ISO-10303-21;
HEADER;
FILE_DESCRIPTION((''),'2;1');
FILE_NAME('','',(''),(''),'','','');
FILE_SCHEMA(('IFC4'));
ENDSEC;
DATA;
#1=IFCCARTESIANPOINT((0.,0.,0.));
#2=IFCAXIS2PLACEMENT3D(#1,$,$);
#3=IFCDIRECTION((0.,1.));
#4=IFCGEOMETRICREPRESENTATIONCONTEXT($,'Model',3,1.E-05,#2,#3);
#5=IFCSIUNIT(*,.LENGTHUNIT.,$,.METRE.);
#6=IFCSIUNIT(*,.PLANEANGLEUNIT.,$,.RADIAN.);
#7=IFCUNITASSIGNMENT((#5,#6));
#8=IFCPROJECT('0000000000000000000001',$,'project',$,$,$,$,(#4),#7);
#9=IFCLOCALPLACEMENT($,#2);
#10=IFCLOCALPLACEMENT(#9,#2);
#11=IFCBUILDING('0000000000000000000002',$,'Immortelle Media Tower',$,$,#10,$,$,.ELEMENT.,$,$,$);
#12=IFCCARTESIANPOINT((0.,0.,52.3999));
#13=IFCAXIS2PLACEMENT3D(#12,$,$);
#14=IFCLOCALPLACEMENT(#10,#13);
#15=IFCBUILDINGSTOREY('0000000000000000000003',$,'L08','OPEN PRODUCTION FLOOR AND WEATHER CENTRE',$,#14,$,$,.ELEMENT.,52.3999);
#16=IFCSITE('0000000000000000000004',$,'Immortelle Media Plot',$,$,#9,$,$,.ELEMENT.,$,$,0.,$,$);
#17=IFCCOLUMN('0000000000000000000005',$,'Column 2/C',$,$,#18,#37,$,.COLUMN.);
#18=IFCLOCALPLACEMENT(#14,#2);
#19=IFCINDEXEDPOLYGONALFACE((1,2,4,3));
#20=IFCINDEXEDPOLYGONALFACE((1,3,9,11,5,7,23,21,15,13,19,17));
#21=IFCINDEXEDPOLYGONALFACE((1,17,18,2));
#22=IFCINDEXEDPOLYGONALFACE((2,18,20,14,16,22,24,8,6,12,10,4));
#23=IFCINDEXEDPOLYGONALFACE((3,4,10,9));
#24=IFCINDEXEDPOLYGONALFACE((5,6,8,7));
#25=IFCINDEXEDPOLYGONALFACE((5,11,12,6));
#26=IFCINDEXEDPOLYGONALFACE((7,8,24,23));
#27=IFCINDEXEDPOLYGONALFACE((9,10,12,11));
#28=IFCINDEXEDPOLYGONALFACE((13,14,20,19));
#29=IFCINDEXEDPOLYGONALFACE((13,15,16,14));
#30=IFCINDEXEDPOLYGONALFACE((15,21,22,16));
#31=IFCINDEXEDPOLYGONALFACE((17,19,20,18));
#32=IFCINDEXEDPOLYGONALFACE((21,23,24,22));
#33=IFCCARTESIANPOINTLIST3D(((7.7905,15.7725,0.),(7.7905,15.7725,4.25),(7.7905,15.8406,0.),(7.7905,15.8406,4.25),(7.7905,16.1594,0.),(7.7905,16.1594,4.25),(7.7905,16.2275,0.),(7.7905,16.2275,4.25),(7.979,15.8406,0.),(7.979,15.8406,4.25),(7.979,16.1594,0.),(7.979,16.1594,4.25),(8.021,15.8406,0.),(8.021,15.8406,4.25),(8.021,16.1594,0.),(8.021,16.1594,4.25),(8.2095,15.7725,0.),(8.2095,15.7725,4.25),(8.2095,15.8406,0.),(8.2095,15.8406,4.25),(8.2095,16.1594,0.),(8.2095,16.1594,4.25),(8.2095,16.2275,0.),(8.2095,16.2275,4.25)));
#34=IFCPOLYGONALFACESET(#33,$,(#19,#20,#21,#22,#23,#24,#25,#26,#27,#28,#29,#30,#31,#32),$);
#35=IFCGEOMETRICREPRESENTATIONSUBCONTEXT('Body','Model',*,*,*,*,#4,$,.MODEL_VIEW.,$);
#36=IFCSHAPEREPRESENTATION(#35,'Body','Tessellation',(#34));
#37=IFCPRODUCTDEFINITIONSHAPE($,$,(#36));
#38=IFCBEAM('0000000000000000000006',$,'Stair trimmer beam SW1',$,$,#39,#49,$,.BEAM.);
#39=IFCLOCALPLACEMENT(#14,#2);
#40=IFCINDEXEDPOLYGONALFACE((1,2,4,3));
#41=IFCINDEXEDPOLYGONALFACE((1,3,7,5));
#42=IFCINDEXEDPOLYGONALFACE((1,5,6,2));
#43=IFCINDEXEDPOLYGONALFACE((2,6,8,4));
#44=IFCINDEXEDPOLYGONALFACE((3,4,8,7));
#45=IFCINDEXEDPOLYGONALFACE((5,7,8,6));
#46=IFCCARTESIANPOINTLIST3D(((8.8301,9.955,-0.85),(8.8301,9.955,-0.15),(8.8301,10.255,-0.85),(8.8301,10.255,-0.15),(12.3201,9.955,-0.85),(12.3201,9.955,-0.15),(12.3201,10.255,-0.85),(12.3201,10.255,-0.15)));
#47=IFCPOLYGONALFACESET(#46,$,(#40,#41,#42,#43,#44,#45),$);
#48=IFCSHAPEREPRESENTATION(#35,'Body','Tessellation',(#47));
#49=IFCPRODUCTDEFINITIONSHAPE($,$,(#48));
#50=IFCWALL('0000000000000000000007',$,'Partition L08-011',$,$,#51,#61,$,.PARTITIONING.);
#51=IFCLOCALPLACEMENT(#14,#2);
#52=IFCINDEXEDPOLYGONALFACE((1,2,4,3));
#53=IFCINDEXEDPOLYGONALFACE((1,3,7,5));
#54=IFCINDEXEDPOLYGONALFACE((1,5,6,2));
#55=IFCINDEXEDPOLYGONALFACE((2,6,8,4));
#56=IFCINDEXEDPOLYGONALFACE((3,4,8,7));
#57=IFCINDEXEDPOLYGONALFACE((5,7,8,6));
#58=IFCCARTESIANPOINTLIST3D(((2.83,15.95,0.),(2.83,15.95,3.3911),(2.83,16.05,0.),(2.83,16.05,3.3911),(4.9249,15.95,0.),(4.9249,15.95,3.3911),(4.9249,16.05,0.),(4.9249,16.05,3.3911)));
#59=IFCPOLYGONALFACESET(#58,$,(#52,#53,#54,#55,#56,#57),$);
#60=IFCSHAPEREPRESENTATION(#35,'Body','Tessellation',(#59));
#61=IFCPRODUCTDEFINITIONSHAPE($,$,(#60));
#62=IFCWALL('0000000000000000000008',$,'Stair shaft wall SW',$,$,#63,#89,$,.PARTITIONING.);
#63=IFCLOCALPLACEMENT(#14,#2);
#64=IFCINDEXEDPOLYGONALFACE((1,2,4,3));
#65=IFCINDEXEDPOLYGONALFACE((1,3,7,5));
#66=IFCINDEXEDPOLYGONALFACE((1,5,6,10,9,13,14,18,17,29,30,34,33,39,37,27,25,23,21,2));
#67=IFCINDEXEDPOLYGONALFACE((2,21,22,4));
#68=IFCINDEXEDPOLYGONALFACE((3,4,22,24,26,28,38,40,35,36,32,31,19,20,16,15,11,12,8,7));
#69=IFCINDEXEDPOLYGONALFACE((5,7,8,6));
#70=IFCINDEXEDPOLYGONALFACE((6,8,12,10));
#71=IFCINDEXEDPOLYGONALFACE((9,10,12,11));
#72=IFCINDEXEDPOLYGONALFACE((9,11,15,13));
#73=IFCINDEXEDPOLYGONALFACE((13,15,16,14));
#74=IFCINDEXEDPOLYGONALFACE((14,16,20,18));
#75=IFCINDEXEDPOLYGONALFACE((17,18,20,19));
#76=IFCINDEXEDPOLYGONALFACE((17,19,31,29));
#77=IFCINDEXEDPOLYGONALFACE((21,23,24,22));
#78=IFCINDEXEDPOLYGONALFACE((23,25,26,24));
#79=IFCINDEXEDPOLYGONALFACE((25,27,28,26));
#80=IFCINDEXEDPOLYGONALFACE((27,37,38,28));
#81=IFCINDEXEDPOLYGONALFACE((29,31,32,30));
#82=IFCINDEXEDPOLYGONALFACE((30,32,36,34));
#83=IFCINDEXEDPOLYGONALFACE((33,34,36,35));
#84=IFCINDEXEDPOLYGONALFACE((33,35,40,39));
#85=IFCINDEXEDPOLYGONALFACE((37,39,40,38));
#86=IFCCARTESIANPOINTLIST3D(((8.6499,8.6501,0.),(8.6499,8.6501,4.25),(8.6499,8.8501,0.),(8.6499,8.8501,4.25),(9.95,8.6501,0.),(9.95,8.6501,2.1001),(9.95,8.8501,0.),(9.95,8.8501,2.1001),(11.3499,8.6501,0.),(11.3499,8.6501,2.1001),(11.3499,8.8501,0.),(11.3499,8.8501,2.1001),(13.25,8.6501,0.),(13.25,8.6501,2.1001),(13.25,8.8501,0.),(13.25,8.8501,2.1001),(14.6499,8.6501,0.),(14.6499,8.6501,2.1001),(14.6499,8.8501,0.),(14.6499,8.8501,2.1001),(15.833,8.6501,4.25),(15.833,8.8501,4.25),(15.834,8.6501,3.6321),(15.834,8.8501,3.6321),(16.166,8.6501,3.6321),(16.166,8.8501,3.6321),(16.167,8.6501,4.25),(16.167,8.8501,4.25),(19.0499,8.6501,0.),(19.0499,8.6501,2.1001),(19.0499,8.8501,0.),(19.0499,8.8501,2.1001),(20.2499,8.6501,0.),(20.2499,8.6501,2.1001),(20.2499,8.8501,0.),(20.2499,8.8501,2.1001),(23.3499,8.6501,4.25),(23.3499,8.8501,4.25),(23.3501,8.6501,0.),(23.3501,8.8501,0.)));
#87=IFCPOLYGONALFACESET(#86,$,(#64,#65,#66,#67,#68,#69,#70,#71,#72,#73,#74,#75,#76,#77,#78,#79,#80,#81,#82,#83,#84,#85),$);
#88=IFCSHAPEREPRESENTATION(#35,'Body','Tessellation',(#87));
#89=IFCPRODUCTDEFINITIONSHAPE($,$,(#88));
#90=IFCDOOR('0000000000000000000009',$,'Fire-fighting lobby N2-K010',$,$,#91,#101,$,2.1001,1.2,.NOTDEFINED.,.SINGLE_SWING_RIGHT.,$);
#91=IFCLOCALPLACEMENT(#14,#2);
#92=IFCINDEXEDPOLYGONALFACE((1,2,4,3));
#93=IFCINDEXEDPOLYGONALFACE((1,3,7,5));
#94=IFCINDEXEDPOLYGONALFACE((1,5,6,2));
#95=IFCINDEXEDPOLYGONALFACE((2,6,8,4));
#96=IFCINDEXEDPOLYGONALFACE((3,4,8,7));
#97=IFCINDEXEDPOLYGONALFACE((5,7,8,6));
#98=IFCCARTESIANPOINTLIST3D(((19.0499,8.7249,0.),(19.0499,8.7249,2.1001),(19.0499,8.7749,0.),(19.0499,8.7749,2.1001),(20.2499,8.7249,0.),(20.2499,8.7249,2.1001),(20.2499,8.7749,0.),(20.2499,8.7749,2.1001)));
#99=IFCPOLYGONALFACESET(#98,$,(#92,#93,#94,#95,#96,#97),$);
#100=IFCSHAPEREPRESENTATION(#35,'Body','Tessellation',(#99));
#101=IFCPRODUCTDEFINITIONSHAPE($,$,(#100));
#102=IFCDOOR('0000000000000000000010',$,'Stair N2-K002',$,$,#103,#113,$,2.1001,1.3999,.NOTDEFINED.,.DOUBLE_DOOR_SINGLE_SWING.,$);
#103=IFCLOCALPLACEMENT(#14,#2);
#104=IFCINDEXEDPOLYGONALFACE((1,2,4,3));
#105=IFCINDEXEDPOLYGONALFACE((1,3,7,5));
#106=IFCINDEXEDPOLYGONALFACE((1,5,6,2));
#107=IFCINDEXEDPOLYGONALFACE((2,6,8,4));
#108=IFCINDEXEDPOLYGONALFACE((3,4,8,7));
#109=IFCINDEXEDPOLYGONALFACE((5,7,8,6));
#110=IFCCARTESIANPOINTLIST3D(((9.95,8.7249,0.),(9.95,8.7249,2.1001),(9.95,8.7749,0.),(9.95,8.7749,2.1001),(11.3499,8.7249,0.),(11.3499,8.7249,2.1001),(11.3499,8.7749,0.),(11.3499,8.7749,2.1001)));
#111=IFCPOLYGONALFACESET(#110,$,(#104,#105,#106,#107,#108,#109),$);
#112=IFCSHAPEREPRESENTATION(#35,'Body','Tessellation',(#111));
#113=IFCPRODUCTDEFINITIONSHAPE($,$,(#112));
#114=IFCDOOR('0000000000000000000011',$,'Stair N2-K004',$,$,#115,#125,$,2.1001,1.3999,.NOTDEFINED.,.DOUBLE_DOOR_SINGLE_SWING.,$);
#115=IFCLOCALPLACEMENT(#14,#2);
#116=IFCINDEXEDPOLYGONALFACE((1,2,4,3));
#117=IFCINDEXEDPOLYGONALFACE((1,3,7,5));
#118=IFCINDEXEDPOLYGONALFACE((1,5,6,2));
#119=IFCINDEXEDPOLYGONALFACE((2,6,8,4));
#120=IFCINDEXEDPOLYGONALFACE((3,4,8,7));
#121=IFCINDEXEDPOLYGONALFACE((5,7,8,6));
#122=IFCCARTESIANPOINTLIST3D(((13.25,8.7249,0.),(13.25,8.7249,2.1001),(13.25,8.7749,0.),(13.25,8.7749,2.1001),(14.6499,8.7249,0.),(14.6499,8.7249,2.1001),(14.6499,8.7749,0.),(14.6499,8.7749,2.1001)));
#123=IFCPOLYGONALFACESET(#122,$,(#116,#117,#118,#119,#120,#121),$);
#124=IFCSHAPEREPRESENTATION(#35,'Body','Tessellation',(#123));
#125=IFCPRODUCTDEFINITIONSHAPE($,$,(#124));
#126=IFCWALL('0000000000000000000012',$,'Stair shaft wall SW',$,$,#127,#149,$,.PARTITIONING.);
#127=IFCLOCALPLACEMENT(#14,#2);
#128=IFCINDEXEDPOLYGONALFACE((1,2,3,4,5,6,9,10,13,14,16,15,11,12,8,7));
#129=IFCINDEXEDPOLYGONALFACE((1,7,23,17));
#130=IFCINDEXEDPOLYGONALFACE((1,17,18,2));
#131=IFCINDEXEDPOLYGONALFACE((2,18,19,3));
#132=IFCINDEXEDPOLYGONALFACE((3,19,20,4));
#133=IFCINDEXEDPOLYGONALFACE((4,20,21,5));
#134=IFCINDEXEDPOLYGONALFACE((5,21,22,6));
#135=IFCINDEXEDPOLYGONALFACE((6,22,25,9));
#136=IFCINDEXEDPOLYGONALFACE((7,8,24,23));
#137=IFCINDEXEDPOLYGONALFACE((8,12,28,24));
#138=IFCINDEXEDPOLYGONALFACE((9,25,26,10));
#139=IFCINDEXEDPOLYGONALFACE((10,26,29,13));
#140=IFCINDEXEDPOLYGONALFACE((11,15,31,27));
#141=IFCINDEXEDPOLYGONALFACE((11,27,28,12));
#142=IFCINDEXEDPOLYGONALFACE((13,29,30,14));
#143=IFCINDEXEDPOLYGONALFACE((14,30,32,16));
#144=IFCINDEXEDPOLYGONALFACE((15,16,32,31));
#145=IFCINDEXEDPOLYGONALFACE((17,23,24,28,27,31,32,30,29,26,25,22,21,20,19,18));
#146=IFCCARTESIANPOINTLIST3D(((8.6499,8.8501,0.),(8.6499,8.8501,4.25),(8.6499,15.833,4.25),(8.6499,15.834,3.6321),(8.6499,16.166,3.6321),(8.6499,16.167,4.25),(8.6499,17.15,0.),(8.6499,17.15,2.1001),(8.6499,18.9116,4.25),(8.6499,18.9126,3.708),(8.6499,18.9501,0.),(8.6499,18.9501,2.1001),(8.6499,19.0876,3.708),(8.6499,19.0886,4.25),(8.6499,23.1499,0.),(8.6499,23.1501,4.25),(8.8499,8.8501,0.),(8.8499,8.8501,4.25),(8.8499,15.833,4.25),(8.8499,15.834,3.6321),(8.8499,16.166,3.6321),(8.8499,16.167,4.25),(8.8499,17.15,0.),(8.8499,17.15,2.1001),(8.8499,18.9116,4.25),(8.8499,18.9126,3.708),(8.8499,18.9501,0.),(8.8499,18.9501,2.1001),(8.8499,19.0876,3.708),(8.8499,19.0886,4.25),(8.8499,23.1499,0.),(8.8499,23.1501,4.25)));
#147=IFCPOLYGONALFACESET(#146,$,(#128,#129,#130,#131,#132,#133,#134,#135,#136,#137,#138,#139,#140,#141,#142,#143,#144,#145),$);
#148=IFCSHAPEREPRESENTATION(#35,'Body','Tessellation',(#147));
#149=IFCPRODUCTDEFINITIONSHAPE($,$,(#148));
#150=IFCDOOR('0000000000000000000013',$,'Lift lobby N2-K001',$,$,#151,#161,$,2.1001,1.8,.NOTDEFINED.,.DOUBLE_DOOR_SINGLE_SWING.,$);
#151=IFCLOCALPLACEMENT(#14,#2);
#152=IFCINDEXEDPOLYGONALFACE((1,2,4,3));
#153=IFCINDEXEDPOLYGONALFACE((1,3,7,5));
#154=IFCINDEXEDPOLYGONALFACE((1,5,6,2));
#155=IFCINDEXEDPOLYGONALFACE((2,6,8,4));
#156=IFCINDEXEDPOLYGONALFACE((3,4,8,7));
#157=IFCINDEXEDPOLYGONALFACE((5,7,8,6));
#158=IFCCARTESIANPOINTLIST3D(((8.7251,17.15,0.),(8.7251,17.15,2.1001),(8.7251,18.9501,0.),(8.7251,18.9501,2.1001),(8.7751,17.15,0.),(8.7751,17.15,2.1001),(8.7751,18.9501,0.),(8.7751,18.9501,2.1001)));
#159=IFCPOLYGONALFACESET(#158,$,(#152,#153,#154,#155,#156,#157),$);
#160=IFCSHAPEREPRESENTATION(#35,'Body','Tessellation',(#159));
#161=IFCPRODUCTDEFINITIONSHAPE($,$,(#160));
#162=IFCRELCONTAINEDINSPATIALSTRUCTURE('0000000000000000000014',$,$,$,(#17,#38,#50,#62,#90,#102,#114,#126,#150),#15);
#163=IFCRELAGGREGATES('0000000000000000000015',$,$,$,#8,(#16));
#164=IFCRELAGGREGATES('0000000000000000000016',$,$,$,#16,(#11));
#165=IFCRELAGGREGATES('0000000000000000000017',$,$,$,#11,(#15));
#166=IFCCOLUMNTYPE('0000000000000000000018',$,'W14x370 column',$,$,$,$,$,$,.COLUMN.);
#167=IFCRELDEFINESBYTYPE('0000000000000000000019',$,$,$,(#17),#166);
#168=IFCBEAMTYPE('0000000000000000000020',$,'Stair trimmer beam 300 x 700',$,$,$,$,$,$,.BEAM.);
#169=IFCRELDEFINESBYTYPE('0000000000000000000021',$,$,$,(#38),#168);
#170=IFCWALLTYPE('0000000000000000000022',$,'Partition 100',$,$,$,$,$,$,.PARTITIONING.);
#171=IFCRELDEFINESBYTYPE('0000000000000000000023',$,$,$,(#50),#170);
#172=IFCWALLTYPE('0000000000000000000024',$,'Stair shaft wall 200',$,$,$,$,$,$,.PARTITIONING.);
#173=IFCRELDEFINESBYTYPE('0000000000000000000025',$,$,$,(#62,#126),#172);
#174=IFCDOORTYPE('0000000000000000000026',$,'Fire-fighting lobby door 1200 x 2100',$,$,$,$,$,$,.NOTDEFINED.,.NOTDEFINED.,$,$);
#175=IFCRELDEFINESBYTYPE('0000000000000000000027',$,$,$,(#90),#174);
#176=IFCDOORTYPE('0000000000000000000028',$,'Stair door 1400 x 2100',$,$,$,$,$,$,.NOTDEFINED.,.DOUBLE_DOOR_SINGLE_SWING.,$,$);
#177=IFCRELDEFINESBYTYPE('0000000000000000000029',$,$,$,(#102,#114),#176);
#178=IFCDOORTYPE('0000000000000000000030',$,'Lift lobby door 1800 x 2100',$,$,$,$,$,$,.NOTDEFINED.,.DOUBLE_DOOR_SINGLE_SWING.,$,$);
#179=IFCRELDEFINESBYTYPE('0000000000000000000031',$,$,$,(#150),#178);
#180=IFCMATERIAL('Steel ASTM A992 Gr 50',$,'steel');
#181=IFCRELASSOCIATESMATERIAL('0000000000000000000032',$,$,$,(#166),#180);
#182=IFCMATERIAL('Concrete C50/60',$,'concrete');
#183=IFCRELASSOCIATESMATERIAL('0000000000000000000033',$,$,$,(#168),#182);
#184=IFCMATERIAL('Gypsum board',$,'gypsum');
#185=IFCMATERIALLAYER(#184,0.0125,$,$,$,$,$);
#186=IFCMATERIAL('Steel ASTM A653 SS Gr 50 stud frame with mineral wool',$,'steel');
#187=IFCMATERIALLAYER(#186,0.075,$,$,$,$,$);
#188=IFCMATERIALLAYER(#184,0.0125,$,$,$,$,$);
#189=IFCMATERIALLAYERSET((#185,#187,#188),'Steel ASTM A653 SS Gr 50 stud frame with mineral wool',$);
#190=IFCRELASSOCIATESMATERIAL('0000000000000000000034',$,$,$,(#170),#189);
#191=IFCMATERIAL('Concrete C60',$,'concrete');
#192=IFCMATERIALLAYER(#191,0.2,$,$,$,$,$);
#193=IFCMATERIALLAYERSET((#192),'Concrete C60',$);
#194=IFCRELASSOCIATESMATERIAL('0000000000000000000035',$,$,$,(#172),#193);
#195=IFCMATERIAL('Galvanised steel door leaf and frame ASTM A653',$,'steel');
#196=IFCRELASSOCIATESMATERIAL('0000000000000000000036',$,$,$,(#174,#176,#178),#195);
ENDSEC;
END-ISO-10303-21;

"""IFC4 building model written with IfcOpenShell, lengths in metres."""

from ifc_helpers import new_model, si_unit, direction, frame, frame_2d, origin, origin_2d, place, context, subcontext, project, spatial, polyline, rectangle, i_section, outline, extrude, material, layer, layer_set, material_profile, profile_set, type_object, element, fill, save


model = new_model("IFC4")

# Units and contexts
model_context = context("Model", 3, precision=1e-05, world=origin(), true_north=direction((0.0, 1.0)))
body_context = subcontext(model_context, "Body", "Model", "MODEL_VIEW")
ifc_project = project(units=[si_unit("LENGTHUNIT", "METRE"), si_unit("PLANEANGLEUNIT", "RADIAN")], contexts=[model_context])

# Site, building, storey
site_placement = place(None, origin())
site = spatial("IfcSite", under=ifc_project, at=site_placement, Name="Immortelle Media Plot", CompositionType="ELEMENT", RefElevation=0.0)
building_placement = place(site_placement, origin())
building = spatial("IfcBuilding", under=site, at=building_placement, Name="Immortelle Media Tower", CompositionType="ELEMENT")
storey_placement = place(building_placement, frame((0.0, 0.0, 52.3999)))
storey = spatial("IfcBuildingStorey", under=building, at=storey_placement, Name="L08", Description="OPEN PRODUCTION FLOOR AND WEATHER CENTRE", CompositionType="ELEMENT", Elevation=52.3999)

# Column
ifc_material_1 = material(Name="Steel ASTM A992 Gr 50", Category="steel")
ifc_material_profile_1 = material_profile(ifc_material_1, i_section(OverallWidth=0.4189, OverallDepth=0.4551, WebThickness=0.042, FlangeThickness=0.0681, at=origin_2d()), Name="W14x370")
ifc_profile_set_1 = profile_set([ifc_material_profile_1], Name="Steel ASTM A992 Gr 50")
column_type = type_object("IfcColumnType", Name="W14x370 column", PredefinedType="COLUMN", material=ifc_profile_set_1)
column_placement = place(storey_placement, frame((8.0, 16.0, 0.0), z_axis=(0.0, 0.0, 1.0), x_axis=(1.0, 0.0, 0.0)))
element("IfcColumn", 1, at=column_placement, inside=storey, type_object=column_type, Name="Column 2/C", PredefinedType="COLUMN", context=body_context, shape_type="SweptSolid", body=[
    extrude(i_section(OverallWidth=0.4189, OverallDepth=0.4551, WebThickness=0.042, FlangeThickness=0.0681, at=origin_2d()), origin(), (0.0, 0.0, 1.0), 4.25),
])

# Beam
ifc_material_2 = material(Name="Concrete C50/60", Category="concrete")
ifc_material_profile_2 = material_profile(ifc_material_2, rectangle(XDim=0.3, YDim=0.7, at=origin_2d()), Name="RC 300x700")
ifc_profile_set_2 = profile_set([ifc_material_profile_2], Name="Concrete C50/60")
beam_type = type_object("IfcBeamType", Name="Stair trimmer beam 300 x 700", PredefinedType="BEAM", material=ifc_profile_set_2)
beam_placement = place(storey_placement, frame((8.8301, 10.105, -0.5), z_axis=(1.0, 0.0, 0.0), x_axis=(0.0, 1.0, 0.0)))
element("IfcBeam", 2, at=beam_placement, inside=storey, type_object=beam_type, Name="Stair trimmer beam SW1", PredefinedType="BEAM", context=body_context, shape_type="SweptSolid", body=[
    extrude(rectangle(XDim=0.3, YDim=0.7, at=origin_2d()), origin(), (0.0, 0.0, 1.0), 3.49),
])

# Wall
ifc_material_3 = material(Name="Gypsum board", Category="gypsum")
ifc_layer_1 = layer(ifc_material_3, 0.0125)
ifc_material_4 = material(Name="Steel ASTM A653 SS Gr 50 stud frame with mineral wool", Category="steel")
ifc_layer_2 = layer(ifc_material_4, 0.075)
ifc_layer_3 = layer(ifc_material_3, 0.0125)
ifc_layer_set_1 = layer_set([ifc_layer_1, ifc_layer_2, ifc_layer_3], Name="Steel ASTM A653 SS Gr 50 stud frame with mineral wool")
wall_type_1 = type_object("IfcWallType", Name="Partition 100", PredefinedType="PARTITIONING", material=ifc_layer_set_1)
wall_1_placement = place(storey_placement, frame((2.8301, 16.0, 0.0), z_axis=(0.0, 0.0, 1.0), x_axis=(1.0, 0.0, 0.0)))
element("IfcWall", 3, at=wall_1_placement, inside=storey, type_object=wall_type_1, Name="Partition L08-011", PredefinedType="PARTITIONING", context=body_context, shape_type="SweptSolid", body=[
    extrude(rectangle(XDim=2.095, YDim=0.1001, at=frame_2d((1.0474, 0.0))), origin(), (0.0, 0.0, 1.0), 3.3911),
])

# Wall, openings, doors
ifc_material_5 = material(Name="Concrete C60", Category="concrete")
ifc_layer_4 = layer(ifc_material_5, 0.2)
ifc_layer_set_2 = layer_set([ifc_layer_4], Name="Concrete C60")
wall_type_2 = type_object("IfcWallType", Name="Stair shaft wall 200", PredefinedType="PARTITIONING", material=ifc_layer_set_2)
wall_2_placement = place(storey_placement, frame((8.6499, 8.75, 0.0), z_axis=(0.0, 0.0, 1.0), x_axis=(1.0, 0.0, 0.0)))
wall_2 = element("IfcWall", 4, at=wall_2_placement, inside=storey, type_object=wall_type_2, Name="Stair shaft wall SW", PredefinedType="PARTITIONING", context=body_context, shape_type="SweptSolid", body=[
    extrude(outline(polyline([(0.0, 0.0), (14.7002, 0.0), (14.7, 4.25), (7.5171, 4.25), (7.5161, 3.6321), (7.1841, 3.6321), (7.1831, 4.25), (0.0, 4.25), (0.0, 0.0)])), frame((0.0, 0.1001, 0.0), z_axis=(0.0, -1.0, 0.0), x_axis=(1.0, 0.0, 0.0)), (0.0, 0.0, 1.0), 0.2),
])
opening_1_placement = place(wall_2_placement, frame((1.3, 0.0, 0.0)))
opening_1 = element("IfcOpeningElement", 5, at=opening_1_placement, cuts=wall_2, PredefinedType="OPENING", context=body_context, shape_type="SweptSolid", body=[
    extrude(rectangle(XDim=1.3999, YDim=2.1001, at=frame_2d((0.7, 1.05))), frame((0.0, 0.1099, 0.0), z_axis=(0.0, -1.0, 0.0), x_axis=(1.0, 0.0, 0.0)), (0.0, 0.0, 1.0), 0.22),
])
opening_2_placement = place(wall_2_placement, frame((4.6001, 0.0, 0.0)))
opening_2 = element("IfcOpeningElement", 6, at=opening_2_placement, cuts=wall_2, PredefinedType="OPENING", context=body_context, shape_type="SweptSolid", body=[
    extrude(rectangle(XDim=1.3999, YDim=2.1001, at=frame_2d((0.7, 1.05))), frame((0.0, 0.1099, 0.0), z_axis=(0.0, -1.0, 0.0), x_axis=(1.0, 0.0, 0.0)), (0.0, 0.0, 1.0), 0.22),
])
opening_3_placement = place(wall_2_placement, frame((10.3999, 0.0, 0.0)))
opening_3 = element("IfcOpeningElement", 7, at=opening_3_placement, cuts=wall_2, PredefinedType="OPENING", context=body_context, shape_type="SweptSolid", body=[
    extrude(rectangle(XDim=1.2, YDim=2.1001, at=frame_2d((0.6001, 1.05))), frame((0.0, 0.1099, 0.0), z_axis=(0.0, -1.0, 0.0), x_axis=(1.0, 0.0, 0.0)), (0.0, 0.0, 1.0), 0.22),
])
ifc_material_6 = material(Name="Galvanised steel door leaf and frame ASTM A653", Category="steel")
door_type_1 = type_object("IfcDoorType", Name="Fire-fighting lobby door 1200 x 2100", OperationType="NOTDEFINED", PredefinedType="NOTDEFINED", material=ifc_material_6)
door_1_placement = place(opening_3_placement, origin())
door_1 = element("IfcDoor", 8, at=door_1_placement, inside=storey, type_object=door_type_1, Name="Fire-fighting lobby N2-K010", OperationType="SINGLE_SWING_RIGHT", OverallHeight=2.1001, OverallWidth=1.2, PredefinedType="NOTDEFINED", context=body_context, shape_type="SweptSolid", body=[
    extrude(rectangle(XDim=1.2, YDim=2.1001, at=frame_2d((0.6001, 1.05))), frame((0.0, 0.0249, 0.0), z_axis=(0.0, -1.0, 0.0), x_axis=(1.0, 0.0, 0.0)), (0.0, 0.0, 1.0), 0.05),
])
fill(opening_3, door_1)
door_type_2 = type_object("IfcDoorType", Name="Stair door 1400 x 2100", OperationType="DOUBLE_DOOR_SINGLE_SWING", PredefinedType="NOTDEFINED", material=ifc_material_6)
door_2_placement = place(opening_1_placement, origin())
door_2 = element("IfcDoor", 9, at=door_2_placement, inside=storey, type_object=door_type_2, Name="Stair N2-K002", OperationType="DOUBLE_DOOR_SINGLE_SWING", OverallHeight=2.1001, OverallWidth=1.3999, PredefinedType="NOTDEFINED", context=body_context, shape_type="SweptSolid", body=[
    extrude(rectangle(XDim=1.3999, YDim=2.1001, at=frame_2d((0.7, 1.05))), frame((0.0, 0.0249, 0.0), z_axis=(0.0, -1.0, 0.0), x_axis=(1.0, 0.0, 0.0)), (0.0, 0.0, 1.0), 0.05),
])
fill(opening_1, door_2)
door_3_placement = place(opening_2_placement, origin())
door_3 = element("IfcDoor", 10, at=door_3_placement, inside=storey, type_object=door_type_2, Name="Stair N2-K004", OperationType="DOUBLE_DOOR_SINGLE_SWING", OverallHeight=2.1001, OverallWidth=1.3999, PredefinedType="NOTDEFINED", context=body_context, shape_type="SweptSolid", body=[
    extrude(rectangle(XDim=1.3999, YDim=2.1001, at=frame_2d((0.7, 1.05))), frame((0.0, 0.0249, 0.0), z_axis=(0.0, -1.0, 0.0), x_axis=(1.0, 0.0, 0.0)), (0.0, 0.0, 1.0), 0.05),
])
fill(opening_2, door_3)

# Wall, opening, door
wall_3_placement = place(storey_placement, frame((8.75, 8.8501, 0.0), z_axis=(0.0, 0.0, 1.0), x_axis=(0.0, 1.0, 0.0)))
wall_3 = element("IfcWall", 11, at=wall_3_placement, inside=storey, type_object=wall_type_2, Name="Stair shaft wall SW", PredefinedType="PARTITIONING", context=body_context, shape_type="SweptSolid", body=[
    extrude(outline(polyline([(0.0, 0.0), (14.2998, 0.0), (14.3, 4.25), (10.2385, 4.25), (10.2375, 3.708), (10.0625, 3.708), (10.0615, 4.25), (7.3169, 4.25), (7.3159, 3.6321), (6.9839, 3.6321), (6.9829, 4.25), (0.0, 4.25), (0.0, 0.0)])), frame((0.0, 0.1001, 0.0), z_axis=(0.0, -1.0, 0.0), x_axis=(1.0, 0.0, 0.0)), (0.0, 0.0, 1.0), 0.2),
])
opening_4_placement = place(wall_3_placement, frame((8.3, 0.0, 0.0)))
opening_4 = element("IfcOpeningElement", 12, at=opening_4_placement, cuts=wall_3, PredefinedType="OPENING", context=body_context, shape_type="SweptSolid", body=[
    extrude(rectangle(XDim=1.8, YDim=2.1001, at=frame_2d((0.8999, 1.05))), frame((0.0, 0.1099, 0.0), z_axis=(0.0, -1.0, 0.0), x_axis=(1.0, 0.0, 0.0)), (0.0, 0.0, 1.0), 0.22),
])
door_type_3 = type_object("IfcDoorType", Name="Lift lobby door 1800 x 2100", OperationType="DOUBLE_DOOR_SINGLE_SWING", PredefinedType="NOTDEFINED", material=ifc_material_6)
door_4_placement = place(opening_4_placement, origin())
door_4 = element("IfcDoor", 13, at=door_4_placement, inside=storey, type_object=door_type_3, Name="Lift lobby N2-K001", OperationType="DOUBLE_DOOR_SINGLE_SWING", OverallHeight=2.1001, OverallWidth=1.8, PredefinedType="NOTDEFINED", context=body_context, shape_type="SweptSolid", body=[
    extrude(rectangle(XDim=1.8, YDim=2.1001, at=frame_2d((0.8999, 1.05))), frame((0.0, 0.0249, 0.0), z_axis=(0.0, -1.0, 0.0), x_axis=(1.0, 0.0, 0.0)), (0.0, 0.0, 1.0), 0.05),
])
fill(opening_4, door_4)

save(model, "model.ifc")
